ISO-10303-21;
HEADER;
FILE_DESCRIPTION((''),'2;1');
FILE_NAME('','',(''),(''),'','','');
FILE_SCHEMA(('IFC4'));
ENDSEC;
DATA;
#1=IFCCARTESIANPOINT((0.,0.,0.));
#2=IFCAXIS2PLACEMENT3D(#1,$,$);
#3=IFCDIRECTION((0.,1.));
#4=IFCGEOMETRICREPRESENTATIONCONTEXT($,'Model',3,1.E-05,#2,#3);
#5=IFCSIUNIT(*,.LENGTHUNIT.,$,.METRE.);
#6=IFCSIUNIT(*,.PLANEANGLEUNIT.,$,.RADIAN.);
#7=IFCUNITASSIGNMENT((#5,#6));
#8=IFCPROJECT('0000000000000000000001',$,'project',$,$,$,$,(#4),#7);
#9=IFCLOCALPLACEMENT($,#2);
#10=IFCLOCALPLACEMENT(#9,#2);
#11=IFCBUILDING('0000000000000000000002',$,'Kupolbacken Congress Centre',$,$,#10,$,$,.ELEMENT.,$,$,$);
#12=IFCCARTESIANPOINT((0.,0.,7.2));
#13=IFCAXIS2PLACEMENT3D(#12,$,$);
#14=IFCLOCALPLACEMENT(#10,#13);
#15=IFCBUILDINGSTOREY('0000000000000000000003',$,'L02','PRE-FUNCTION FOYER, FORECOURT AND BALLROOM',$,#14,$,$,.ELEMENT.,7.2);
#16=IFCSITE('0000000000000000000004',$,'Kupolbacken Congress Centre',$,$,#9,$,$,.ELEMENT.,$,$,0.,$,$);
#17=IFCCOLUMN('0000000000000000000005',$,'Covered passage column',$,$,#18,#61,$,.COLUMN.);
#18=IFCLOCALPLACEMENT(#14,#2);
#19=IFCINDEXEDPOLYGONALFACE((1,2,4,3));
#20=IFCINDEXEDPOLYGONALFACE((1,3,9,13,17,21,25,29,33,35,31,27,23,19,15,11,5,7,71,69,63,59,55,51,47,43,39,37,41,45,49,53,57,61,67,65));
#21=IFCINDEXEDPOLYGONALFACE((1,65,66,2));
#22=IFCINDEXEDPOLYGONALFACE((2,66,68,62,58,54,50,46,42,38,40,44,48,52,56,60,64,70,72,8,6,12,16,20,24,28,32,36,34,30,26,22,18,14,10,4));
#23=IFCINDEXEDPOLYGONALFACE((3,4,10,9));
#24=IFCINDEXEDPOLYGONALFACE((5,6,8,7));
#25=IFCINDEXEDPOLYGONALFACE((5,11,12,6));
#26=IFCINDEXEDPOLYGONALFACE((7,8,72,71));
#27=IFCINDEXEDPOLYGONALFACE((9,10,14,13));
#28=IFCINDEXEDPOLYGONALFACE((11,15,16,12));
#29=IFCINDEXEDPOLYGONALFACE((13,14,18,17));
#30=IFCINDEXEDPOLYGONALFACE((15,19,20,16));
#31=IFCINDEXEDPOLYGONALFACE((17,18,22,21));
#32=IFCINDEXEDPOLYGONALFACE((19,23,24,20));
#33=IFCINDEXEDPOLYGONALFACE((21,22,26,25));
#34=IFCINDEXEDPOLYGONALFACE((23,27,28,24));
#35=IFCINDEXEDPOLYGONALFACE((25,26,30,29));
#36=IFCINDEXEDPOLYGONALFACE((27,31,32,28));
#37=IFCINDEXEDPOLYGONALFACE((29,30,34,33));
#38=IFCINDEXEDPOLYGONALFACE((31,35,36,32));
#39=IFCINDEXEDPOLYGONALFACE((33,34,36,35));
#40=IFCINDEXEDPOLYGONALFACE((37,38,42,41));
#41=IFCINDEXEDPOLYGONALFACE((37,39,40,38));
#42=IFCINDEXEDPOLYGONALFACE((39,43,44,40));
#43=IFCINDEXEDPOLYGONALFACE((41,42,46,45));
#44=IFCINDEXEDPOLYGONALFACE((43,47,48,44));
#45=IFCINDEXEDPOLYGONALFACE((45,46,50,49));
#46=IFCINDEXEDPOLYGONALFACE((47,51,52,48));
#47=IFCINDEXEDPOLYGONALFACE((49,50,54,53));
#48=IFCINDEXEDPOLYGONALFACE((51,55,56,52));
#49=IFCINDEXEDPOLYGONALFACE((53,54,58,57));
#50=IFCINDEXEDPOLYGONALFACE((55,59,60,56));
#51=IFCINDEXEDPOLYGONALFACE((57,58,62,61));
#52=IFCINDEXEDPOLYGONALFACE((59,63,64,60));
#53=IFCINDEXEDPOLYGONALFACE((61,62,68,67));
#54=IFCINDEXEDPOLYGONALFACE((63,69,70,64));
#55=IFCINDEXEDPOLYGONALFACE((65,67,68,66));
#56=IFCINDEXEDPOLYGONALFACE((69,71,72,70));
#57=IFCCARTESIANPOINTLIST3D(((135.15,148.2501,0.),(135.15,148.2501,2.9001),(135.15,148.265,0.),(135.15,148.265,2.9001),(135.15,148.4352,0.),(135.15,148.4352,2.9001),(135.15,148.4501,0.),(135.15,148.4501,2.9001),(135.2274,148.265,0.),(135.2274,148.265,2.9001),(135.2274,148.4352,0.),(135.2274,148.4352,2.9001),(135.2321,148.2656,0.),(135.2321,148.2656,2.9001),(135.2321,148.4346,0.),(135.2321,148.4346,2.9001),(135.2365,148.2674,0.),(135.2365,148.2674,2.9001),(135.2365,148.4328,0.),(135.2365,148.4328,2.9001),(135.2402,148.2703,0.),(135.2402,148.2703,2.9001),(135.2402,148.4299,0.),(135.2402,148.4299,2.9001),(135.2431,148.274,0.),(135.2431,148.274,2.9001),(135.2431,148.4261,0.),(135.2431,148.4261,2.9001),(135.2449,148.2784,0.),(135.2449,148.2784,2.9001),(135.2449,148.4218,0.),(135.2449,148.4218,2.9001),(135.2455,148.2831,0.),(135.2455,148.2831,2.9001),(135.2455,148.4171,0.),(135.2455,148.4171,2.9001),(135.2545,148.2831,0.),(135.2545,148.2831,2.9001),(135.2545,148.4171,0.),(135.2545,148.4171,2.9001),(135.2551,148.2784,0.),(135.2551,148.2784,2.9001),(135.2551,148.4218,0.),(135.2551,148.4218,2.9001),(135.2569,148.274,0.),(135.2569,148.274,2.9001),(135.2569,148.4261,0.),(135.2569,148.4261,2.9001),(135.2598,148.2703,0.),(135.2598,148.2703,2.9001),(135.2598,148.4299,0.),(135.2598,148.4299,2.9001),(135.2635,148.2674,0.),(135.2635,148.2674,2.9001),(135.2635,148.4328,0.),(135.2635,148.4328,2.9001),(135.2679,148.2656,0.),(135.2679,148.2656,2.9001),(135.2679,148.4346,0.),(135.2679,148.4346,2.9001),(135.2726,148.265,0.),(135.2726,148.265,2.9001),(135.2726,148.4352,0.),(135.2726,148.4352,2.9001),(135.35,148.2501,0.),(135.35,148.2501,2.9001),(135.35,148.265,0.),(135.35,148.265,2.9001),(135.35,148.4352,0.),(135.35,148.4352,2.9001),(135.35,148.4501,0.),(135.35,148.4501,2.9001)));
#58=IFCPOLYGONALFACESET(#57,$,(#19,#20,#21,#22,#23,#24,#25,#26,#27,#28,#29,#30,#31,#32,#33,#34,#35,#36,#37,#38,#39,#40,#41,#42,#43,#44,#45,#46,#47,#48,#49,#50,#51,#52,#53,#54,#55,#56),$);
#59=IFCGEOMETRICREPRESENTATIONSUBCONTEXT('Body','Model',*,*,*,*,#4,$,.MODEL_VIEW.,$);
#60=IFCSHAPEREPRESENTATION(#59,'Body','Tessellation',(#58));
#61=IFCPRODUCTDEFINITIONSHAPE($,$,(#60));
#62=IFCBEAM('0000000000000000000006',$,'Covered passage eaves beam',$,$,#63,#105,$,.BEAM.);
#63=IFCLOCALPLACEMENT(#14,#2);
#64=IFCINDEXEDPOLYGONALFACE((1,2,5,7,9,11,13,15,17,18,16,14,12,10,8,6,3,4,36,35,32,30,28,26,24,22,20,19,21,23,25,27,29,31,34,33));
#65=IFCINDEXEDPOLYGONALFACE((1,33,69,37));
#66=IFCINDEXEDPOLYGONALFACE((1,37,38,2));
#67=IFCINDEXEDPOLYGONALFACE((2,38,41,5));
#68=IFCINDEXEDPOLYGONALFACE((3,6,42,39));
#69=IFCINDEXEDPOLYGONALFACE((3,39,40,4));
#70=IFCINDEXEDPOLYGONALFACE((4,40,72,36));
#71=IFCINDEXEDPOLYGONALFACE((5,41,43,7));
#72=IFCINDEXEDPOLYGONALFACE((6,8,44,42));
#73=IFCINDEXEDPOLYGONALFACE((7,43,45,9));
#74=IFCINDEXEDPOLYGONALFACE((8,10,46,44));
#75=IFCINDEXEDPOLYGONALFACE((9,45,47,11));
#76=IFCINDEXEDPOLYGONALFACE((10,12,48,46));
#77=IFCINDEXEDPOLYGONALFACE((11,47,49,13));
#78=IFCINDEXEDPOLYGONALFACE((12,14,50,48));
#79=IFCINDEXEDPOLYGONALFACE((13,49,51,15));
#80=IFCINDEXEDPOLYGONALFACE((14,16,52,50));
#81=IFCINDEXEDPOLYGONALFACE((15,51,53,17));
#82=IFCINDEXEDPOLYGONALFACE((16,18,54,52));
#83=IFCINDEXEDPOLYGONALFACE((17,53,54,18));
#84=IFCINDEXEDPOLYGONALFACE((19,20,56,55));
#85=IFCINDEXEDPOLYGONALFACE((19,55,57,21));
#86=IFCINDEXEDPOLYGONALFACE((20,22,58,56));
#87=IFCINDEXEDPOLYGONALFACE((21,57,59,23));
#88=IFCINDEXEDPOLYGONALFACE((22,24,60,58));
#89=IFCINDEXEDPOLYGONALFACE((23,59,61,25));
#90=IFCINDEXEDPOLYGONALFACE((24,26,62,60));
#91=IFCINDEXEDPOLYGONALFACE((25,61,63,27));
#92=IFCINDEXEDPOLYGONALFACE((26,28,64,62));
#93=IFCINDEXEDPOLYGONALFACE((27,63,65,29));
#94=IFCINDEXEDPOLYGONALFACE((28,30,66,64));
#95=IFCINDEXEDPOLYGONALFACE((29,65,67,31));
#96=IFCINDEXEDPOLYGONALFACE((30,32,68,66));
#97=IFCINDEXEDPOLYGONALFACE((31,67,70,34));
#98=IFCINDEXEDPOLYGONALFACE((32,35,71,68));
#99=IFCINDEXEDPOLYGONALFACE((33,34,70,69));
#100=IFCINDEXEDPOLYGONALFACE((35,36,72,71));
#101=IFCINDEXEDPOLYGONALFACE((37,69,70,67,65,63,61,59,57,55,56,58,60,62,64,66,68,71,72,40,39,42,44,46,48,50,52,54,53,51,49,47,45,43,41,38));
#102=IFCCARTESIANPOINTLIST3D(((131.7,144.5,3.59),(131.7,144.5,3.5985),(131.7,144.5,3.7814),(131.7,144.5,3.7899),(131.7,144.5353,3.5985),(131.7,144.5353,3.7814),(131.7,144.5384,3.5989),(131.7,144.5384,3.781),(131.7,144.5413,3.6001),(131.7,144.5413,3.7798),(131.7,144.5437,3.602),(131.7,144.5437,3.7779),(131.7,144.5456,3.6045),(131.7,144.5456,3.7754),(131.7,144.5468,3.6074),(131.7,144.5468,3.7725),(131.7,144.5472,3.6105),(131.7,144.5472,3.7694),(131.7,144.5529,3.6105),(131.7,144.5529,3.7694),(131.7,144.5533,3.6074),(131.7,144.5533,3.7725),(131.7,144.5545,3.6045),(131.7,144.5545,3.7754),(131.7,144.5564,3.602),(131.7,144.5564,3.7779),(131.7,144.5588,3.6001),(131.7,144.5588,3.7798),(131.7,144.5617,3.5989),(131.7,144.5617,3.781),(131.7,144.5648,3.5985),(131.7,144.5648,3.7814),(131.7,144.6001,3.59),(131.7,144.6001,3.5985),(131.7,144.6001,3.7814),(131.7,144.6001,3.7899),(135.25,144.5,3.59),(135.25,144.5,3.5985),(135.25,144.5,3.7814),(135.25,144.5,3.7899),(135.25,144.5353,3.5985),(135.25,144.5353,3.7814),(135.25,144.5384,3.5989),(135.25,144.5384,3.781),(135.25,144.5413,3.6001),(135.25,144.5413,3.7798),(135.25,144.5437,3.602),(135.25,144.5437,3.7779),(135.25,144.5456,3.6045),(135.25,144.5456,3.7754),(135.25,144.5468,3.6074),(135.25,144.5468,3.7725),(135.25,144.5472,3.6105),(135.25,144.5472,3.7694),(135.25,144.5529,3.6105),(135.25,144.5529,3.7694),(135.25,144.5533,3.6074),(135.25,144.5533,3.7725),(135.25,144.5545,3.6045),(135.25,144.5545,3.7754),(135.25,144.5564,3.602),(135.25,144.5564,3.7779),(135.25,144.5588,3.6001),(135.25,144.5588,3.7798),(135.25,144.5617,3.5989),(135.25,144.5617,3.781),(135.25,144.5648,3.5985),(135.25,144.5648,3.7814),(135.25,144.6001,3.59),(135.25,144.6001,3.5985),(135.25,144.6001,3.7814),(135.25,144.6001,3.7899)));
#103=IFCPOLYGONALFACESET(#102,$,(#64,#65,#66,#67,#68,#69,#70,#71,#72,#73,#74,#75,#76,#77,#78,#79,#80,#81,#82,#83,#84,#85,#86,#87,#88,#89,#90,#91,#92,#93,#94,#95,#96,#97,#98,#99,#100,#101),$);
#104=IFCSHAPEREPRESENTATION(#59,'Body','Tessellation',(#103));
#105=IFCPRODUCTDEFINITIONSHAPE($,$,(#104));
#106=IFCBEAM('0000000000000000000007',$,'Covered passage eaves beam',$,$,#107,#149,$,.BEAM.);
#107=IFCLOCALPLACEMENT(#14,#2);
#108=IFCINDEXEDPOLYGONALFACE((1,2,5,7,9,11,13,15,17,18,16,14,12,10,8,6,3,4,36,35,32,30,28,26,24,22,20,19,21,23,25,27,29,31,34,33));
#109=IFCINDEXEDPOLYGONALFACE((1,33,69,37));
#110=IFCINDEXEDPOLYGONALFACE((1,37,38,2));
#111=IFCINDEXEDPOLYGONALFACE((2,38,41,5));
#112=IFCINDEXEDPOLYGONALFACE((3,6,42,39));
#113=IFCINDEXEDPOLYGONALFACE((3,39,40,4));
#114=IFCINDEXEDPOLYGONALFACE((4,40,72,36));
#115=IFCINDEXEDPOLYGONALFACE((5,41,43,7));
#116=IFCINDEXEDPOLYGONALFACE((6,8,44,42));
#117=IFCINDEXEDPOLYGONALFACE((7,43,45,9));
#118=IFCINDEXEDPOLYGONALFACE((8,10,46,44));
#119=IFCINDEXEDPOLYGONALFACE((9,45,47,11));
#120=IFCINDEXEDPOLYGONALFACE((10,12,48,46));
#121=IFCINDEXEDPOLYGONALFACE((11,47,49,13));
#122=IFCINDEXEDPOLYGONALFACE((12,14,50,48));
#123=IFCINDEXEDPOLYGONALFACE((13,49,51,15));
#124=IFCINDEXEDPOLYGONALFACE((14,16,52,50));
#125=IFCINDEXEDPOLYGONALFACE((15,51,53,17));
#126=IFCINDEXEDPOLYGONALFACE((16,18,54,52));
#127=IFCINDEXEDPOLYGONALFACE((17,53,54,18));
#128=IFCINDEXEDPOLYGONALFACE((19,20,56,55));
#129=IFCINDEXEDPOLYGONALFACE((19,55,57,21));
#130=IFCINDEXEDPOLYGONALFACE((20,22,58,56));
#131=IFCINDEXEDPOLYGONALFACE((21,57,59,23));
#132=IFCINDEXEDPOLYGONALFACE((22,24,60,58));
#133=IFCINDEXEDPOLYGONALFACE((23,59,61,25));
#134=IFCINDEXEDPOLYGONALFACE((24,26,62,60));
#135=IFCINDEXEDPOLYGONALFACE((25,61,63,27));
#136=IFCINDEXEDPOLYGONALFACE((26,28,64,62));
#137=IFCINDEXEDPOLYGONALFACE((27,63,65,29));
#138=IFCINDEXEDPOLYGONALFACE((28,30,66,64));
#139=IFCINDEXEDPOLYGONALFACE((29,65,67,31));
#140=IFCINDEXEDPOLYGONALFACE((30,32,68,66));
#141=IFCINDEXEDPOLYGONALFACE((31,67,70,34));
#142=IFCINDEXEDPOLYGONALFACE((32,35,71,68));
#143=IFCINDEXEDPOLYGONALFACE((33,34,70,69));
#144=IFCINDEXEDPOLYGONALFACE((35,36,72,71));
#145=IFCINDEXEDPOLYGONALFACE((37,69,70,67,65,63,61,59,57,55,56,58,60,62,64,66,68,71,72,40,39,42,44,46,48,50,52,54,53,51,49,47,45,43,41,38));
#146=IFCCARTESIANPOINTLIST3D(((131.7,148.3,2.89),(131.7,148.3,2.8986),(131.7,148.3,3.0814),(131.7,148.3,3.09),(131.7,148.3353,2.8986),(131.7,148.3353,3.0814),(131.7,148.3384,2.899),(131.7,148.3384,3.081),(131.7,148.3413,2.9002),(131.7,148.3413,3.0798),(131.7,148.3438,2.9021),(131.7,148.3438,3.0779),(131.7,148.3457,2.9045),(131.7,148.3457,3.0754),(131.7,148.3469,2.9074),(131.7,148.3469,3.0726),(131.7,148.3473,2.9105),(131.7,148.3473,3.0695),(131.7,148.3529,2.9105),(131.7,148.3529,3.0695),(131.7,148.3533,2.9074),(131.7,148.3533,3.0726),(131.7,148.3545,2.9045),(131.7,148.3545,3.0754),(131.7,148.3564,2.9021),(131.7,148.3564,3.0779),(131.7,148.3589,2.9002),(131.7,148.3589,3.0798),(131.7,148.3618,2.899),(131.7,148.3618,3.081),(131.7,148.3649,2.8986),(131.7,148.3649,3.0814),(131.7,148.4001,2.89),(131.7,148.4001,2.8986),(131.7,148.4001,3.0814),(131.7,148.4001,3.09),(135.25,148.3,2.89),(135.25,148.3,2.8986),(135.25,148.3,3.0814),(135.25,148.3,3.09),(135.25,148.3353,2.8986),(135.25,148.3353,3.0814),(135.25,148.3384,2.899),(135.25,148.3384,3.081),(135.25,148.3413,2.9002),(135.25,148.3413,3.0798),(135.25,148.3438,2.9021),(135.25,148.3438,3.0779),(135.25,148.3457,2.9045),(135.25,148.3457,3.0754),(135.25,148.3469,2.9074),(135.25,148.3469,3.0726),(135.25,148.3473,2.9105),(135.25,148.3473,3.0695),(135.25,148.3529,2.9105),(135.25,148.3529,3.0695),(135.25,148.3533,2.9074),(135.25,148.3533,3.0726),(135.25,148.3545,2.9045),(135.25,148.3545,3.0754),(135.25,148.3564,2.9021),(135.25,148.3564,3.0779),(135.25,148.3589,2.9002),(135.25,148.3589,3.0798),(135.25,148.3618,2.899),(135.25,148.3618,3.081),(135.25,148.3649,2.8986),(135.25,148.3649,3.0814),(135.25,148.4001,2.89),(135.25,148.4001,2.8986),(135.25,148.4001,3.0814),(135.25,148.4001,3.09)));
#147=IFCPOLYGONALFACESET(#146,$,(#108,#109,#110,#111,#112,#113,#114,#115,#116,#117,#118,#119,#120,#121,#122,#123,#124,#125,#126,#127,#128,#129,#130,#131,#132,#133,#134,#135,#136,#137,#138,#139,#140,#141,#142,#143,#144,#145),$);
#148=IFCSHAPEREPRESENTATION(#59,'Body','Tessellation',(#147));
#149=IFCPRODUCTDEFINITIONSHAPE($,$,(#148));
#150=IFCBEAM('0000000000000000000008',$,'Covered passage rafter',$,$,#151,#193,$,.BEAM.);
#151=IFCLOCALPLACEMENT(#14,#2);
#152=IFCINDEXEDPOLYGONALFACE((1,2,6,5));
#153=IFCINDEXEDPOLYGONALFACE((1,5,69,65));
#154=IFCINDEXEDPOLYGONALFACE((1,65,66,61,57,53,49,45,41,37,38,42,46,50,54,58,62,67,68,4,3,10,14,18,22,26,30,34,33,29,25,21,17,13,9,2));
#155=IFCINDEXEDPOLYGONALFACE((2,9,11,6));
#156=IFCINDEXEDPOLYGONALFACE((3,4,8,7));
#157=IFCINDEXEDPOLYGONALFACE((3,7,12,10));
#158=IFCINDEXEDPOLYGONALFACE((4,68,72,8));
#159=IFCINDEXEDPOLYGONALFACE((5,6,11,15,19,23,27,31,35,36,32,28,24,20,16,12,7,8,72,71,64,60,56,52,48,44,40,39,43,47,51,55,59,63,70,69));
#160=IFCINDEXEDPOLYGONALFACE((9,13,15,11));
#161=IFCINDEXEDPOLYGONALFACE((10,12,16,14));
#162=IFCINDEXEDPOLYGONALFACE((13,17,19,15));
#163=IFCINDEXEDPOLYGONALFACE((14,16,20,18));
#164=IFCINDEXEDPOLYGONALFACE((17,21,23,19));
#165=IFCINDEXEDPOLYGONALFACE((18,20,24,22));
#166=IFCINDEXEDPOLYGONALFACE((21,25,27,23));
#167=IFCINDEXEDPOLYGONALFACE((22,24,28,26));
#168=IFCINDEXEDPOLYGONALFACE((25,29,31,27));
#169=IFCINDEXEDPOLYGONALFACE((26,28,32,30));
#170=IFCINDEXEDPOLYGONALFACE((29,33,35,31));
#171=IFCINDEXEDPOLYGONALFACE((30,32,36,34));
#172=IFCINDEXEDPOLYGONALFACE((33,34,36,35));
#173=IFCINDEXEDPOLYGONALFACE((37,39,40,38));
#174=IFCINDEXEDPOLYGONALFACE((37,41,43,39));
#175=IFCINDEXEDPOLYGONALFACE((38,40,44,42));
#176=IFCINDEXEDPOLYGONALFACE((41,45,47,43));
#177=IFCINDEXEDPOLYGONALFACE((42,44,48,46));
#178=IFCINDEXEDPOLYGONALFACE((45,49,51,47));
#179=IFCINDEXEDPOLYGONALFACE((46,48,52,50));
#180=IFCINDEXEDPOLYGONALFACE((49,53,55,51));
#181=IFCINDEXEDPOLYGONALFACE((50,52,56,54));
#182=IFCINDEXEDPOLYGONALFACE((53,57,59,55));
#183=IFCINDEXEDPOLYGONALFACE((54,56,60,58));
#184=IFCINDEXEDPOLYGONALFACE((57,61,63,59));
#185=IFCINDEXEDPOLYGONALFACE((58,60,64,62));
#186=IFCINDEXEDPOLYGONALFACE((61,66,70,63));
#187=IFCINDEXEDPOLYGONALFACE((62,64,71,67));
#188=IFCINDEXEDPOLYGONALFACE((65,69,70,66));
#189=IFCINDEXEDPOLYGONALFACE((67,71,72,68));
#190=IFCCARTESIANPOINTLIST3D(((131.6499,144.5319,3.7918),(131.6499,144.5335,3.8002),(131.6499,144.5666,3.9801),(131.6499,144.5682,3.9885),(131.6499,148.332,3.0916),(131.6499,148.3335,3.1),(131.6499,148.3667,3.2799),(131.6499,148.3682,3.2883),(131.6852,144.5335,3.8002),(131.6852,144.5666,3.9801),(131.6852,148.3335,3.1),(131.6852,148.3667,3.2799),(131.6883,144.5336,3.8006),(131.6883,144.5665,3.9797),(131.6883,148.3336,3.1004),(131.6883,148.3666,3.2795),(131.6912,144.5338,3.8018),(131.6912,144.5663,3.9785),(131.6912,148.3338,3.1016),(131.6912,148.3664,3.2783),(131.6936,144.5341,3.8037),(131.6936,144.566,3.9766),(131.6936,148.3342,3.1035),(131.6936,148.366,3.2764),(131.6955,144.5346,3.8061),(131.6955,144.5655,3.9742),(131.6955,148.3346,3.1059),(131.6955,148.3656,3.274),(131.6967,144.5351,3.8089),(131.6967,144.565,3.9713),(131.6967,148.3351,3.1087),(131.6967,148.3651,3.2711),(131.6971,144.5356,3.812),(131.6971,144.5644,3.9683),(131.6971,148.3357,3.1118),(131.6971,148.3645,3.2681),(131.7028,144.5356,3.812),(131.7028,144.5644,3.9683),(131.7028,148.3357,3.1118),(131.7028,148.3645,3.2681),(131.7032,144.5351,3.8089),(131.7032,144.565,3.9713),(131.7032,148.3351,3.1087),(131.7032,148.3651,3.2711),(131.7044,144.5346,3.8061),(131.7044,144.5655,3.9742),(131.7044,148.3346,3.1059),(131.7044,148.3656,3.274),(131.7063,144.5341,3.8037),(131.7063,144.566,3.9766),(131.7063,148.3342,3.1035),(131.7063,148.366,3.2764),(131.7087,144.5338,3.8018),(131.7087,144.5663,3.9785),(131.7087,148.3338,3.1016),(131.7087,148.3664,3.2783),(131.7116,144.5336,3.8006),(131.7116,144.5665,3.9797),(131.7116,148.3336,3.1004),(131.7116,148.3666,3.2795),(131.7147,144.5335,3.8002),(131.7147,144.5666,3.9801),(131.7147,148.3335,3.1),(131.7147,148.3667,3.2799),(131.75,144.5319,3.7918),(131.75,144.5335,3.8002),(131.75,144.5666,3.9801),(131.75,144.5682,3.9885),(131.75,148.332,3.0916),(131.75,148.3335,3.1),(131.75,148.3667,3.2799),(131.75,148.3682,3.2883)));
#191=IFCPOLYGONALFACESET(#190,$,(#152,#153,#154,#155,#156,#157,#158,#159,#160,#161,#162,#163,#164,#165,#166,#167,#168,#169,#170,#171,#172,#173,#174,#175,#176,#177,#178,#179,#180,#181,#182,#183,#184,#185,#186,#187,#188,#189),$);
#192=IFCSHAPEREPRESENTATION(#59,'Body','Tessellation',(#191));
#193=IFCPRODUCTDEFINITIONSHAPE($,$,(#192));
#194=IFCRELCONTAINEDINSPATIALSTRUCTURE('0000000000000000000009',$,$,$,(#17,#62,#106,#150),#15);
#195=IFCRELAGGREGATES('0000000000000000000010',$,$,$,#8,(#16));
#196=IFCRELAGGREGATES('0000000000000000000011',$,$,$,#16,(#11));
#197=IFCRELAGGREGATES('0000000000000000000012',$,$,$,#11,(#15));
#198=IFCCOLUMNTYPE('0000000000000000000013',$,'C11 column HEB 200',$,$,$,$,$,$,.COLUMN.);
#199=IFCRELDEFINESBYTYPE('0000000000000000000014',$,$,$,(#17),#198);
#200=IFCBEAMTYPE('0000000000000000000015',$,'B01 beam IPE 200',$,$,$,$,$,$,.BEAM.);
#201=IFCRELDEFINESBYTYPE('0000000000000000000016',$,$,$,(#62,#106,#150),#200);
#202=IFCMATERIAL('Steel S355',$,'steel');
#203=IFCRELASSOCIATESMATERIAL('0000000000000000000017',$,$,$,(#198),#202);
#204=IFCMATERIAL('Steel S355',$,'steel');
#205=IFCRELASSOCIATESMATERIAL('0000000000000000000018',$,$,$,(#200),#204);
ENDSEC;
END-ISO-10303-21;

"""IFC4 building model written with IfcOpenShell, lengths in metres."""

from ifc_helpers import new_model, si_unit, direction, frame, origin, origin_2d, place, context, subcontext, project, spatial, i_section, extrude, material, material_profile, profile_set, type_object, element, save


model = new_model("IFC4")

# Units and contexts
model_context = context("Model", 3, precision=1e-05, world=origin(), true_north=direction((0.0, 1.0)))
body_context = subcontext(model_context, "Body", "Model", "MODEL_VIEW")
ifc_project = project(units=[si_unit("LENGTHUNIT", "METRE"), si_unit("PLANEANGLEUNIT", "RADIAN")], contexts=[model_context])

# Site, building, storey
site_placement = place(None, origin())
site = spatial("IfcSite", under=ifc_project, at=site_placement, Name="Kupolbacken Congress Centre", CompositionType="ELEMENT", RefElevation=0.0)
building_placement = place(site_placement, origin())
building = spatial("IfcBuilding", under=site, at=building_placement, Name="Kupolbacken Congress Centre", CompositionType="ELEMENT")
storey_placement = place(building_placement, frame((0.0, 0.0, 7.2)))
storey = spatial("IfcBuildingStorey", under=building, at=storey_placement, Name="L02", Description="PRE-FUNCTION FOYER, FORECOURT AND BALLROOM", CompositionType="ELEMENT", Elevation=7.2)

# Column
ifc_material_1 = material(Name="Steel S355", Category="steel")
ifc_material_profile_1 = material_profile(ifc_material_1, i_section(OverallWidth=0.2, OverallDepth=0.2, WebThickness=0.009, FlangeThickness=0.0149, FilletRadius=0.0181, at=origin_2d()), Name="HEB 200")
ifc_profile_set_1 = profile_set([ifc_material_profile_1], Name="Steel S355")
column_type_1 = type_object("IfcColumnType", Name="C11 column HEB 200", PredefinedType="COLUMN", material=ifc_profile_set_1)
column_1_placement = place(storey_placement, frame((135.25, 148.3501, 0.0), z_axis=(0.0, 0.0, 1.0), x_axis=(1.0, 0.0, 0.0)))
element("IfcColumn", 1, at=column_1_placement, inside=storey, type_object=column_type_1, Name="Covered passage column", PredefinedType="COLUMN", context=body_context, shape_type="SweptSolid", body=[
    extrude(i_section(OverallWidth=0.2, OverallDepth=0.2, WebThickness=0.009, FlangeThickness=0.0149, FilletRadius=0.0181, at=origin_2d()), origin(), (0.0, 0.0, 1.0), 2.9001),
])

# Beams
ifc_material_2 = material(Name="Steel S355", Category="steel")
ifc_material_profile_2 = material_profile(ifc_material_2, i_section(OverallWidth=0.1001, OverallDepth=0.2, WebThickness=0.0056, FlangeThickness=0.0085, FilletRadius=0.012, at=origin_2d()), Name="IPE 200")
ifc_profile_set_2 = profile_set([ifc_material_profile_2], Name="Steel S355")
beam_type = type_object("IfcBeamType", Name="B01 beam IPE 200", PredefinedType="BEAM", material=ifc_profile_set_2)
for number, where, z_axis, x_axis, name in (
    (2, (131.7, 144.55, 3.6899), (1.0, 0.0, 0.0), (0.0, 1.0, 0.0), "Covered passage eaves beam"),
    (3, (131.7, 148.3501, 2.99), (1.0, 0.0, 0.0), (0.0, 1.0, 0.0), "Covered passage eaves beam"),
):
    element("IfcBeam", number, at=place(storey_placement, frame(where, z_axis=z_axis, x_axis=x_axis)), inside=storey, type_object=beam_type, Name=name, PredefinedType="BEAM", context=body_context, shape_type="SweptSolid", body=[
        extrude(i_section(OverallWidth=0.1001, OverallDepth=0.2, WebThickness=0.0056, FlangeThickness=0.0085, FilletRadius=0.012, at=origin_2d()), origin(), (0.0, 0.0, 1.0), 3.55),
    ])
for number, where, z_axis, x_axis, name in (
    (4, (131.7, 144.55, 3.8901), (0.0, 0.983445, -0.181209), (-1.0, 0.0, 0.0), "Covered passage rafter"),
):
    element("IfcBeam", number, at=place(storey_placement, frame(where, z_axis=z_axis, x_axis=x_axis)), inside=storey, type_object=beam_type, Name=name, PredefinedType="BEAM", context=body_context, shape_type="SweptSolid", body=[
        extrude(i_section(OverallWidth=0.1001, OverallDepth=0.2, WebThickness=0.0056, FlangeThickness=0.0085, FilletRadius=0.012, at=origin_2d()), origin(), (0.0, 0.0, 1.0), 3.864),
    ])

save(model, "model.ifc")
